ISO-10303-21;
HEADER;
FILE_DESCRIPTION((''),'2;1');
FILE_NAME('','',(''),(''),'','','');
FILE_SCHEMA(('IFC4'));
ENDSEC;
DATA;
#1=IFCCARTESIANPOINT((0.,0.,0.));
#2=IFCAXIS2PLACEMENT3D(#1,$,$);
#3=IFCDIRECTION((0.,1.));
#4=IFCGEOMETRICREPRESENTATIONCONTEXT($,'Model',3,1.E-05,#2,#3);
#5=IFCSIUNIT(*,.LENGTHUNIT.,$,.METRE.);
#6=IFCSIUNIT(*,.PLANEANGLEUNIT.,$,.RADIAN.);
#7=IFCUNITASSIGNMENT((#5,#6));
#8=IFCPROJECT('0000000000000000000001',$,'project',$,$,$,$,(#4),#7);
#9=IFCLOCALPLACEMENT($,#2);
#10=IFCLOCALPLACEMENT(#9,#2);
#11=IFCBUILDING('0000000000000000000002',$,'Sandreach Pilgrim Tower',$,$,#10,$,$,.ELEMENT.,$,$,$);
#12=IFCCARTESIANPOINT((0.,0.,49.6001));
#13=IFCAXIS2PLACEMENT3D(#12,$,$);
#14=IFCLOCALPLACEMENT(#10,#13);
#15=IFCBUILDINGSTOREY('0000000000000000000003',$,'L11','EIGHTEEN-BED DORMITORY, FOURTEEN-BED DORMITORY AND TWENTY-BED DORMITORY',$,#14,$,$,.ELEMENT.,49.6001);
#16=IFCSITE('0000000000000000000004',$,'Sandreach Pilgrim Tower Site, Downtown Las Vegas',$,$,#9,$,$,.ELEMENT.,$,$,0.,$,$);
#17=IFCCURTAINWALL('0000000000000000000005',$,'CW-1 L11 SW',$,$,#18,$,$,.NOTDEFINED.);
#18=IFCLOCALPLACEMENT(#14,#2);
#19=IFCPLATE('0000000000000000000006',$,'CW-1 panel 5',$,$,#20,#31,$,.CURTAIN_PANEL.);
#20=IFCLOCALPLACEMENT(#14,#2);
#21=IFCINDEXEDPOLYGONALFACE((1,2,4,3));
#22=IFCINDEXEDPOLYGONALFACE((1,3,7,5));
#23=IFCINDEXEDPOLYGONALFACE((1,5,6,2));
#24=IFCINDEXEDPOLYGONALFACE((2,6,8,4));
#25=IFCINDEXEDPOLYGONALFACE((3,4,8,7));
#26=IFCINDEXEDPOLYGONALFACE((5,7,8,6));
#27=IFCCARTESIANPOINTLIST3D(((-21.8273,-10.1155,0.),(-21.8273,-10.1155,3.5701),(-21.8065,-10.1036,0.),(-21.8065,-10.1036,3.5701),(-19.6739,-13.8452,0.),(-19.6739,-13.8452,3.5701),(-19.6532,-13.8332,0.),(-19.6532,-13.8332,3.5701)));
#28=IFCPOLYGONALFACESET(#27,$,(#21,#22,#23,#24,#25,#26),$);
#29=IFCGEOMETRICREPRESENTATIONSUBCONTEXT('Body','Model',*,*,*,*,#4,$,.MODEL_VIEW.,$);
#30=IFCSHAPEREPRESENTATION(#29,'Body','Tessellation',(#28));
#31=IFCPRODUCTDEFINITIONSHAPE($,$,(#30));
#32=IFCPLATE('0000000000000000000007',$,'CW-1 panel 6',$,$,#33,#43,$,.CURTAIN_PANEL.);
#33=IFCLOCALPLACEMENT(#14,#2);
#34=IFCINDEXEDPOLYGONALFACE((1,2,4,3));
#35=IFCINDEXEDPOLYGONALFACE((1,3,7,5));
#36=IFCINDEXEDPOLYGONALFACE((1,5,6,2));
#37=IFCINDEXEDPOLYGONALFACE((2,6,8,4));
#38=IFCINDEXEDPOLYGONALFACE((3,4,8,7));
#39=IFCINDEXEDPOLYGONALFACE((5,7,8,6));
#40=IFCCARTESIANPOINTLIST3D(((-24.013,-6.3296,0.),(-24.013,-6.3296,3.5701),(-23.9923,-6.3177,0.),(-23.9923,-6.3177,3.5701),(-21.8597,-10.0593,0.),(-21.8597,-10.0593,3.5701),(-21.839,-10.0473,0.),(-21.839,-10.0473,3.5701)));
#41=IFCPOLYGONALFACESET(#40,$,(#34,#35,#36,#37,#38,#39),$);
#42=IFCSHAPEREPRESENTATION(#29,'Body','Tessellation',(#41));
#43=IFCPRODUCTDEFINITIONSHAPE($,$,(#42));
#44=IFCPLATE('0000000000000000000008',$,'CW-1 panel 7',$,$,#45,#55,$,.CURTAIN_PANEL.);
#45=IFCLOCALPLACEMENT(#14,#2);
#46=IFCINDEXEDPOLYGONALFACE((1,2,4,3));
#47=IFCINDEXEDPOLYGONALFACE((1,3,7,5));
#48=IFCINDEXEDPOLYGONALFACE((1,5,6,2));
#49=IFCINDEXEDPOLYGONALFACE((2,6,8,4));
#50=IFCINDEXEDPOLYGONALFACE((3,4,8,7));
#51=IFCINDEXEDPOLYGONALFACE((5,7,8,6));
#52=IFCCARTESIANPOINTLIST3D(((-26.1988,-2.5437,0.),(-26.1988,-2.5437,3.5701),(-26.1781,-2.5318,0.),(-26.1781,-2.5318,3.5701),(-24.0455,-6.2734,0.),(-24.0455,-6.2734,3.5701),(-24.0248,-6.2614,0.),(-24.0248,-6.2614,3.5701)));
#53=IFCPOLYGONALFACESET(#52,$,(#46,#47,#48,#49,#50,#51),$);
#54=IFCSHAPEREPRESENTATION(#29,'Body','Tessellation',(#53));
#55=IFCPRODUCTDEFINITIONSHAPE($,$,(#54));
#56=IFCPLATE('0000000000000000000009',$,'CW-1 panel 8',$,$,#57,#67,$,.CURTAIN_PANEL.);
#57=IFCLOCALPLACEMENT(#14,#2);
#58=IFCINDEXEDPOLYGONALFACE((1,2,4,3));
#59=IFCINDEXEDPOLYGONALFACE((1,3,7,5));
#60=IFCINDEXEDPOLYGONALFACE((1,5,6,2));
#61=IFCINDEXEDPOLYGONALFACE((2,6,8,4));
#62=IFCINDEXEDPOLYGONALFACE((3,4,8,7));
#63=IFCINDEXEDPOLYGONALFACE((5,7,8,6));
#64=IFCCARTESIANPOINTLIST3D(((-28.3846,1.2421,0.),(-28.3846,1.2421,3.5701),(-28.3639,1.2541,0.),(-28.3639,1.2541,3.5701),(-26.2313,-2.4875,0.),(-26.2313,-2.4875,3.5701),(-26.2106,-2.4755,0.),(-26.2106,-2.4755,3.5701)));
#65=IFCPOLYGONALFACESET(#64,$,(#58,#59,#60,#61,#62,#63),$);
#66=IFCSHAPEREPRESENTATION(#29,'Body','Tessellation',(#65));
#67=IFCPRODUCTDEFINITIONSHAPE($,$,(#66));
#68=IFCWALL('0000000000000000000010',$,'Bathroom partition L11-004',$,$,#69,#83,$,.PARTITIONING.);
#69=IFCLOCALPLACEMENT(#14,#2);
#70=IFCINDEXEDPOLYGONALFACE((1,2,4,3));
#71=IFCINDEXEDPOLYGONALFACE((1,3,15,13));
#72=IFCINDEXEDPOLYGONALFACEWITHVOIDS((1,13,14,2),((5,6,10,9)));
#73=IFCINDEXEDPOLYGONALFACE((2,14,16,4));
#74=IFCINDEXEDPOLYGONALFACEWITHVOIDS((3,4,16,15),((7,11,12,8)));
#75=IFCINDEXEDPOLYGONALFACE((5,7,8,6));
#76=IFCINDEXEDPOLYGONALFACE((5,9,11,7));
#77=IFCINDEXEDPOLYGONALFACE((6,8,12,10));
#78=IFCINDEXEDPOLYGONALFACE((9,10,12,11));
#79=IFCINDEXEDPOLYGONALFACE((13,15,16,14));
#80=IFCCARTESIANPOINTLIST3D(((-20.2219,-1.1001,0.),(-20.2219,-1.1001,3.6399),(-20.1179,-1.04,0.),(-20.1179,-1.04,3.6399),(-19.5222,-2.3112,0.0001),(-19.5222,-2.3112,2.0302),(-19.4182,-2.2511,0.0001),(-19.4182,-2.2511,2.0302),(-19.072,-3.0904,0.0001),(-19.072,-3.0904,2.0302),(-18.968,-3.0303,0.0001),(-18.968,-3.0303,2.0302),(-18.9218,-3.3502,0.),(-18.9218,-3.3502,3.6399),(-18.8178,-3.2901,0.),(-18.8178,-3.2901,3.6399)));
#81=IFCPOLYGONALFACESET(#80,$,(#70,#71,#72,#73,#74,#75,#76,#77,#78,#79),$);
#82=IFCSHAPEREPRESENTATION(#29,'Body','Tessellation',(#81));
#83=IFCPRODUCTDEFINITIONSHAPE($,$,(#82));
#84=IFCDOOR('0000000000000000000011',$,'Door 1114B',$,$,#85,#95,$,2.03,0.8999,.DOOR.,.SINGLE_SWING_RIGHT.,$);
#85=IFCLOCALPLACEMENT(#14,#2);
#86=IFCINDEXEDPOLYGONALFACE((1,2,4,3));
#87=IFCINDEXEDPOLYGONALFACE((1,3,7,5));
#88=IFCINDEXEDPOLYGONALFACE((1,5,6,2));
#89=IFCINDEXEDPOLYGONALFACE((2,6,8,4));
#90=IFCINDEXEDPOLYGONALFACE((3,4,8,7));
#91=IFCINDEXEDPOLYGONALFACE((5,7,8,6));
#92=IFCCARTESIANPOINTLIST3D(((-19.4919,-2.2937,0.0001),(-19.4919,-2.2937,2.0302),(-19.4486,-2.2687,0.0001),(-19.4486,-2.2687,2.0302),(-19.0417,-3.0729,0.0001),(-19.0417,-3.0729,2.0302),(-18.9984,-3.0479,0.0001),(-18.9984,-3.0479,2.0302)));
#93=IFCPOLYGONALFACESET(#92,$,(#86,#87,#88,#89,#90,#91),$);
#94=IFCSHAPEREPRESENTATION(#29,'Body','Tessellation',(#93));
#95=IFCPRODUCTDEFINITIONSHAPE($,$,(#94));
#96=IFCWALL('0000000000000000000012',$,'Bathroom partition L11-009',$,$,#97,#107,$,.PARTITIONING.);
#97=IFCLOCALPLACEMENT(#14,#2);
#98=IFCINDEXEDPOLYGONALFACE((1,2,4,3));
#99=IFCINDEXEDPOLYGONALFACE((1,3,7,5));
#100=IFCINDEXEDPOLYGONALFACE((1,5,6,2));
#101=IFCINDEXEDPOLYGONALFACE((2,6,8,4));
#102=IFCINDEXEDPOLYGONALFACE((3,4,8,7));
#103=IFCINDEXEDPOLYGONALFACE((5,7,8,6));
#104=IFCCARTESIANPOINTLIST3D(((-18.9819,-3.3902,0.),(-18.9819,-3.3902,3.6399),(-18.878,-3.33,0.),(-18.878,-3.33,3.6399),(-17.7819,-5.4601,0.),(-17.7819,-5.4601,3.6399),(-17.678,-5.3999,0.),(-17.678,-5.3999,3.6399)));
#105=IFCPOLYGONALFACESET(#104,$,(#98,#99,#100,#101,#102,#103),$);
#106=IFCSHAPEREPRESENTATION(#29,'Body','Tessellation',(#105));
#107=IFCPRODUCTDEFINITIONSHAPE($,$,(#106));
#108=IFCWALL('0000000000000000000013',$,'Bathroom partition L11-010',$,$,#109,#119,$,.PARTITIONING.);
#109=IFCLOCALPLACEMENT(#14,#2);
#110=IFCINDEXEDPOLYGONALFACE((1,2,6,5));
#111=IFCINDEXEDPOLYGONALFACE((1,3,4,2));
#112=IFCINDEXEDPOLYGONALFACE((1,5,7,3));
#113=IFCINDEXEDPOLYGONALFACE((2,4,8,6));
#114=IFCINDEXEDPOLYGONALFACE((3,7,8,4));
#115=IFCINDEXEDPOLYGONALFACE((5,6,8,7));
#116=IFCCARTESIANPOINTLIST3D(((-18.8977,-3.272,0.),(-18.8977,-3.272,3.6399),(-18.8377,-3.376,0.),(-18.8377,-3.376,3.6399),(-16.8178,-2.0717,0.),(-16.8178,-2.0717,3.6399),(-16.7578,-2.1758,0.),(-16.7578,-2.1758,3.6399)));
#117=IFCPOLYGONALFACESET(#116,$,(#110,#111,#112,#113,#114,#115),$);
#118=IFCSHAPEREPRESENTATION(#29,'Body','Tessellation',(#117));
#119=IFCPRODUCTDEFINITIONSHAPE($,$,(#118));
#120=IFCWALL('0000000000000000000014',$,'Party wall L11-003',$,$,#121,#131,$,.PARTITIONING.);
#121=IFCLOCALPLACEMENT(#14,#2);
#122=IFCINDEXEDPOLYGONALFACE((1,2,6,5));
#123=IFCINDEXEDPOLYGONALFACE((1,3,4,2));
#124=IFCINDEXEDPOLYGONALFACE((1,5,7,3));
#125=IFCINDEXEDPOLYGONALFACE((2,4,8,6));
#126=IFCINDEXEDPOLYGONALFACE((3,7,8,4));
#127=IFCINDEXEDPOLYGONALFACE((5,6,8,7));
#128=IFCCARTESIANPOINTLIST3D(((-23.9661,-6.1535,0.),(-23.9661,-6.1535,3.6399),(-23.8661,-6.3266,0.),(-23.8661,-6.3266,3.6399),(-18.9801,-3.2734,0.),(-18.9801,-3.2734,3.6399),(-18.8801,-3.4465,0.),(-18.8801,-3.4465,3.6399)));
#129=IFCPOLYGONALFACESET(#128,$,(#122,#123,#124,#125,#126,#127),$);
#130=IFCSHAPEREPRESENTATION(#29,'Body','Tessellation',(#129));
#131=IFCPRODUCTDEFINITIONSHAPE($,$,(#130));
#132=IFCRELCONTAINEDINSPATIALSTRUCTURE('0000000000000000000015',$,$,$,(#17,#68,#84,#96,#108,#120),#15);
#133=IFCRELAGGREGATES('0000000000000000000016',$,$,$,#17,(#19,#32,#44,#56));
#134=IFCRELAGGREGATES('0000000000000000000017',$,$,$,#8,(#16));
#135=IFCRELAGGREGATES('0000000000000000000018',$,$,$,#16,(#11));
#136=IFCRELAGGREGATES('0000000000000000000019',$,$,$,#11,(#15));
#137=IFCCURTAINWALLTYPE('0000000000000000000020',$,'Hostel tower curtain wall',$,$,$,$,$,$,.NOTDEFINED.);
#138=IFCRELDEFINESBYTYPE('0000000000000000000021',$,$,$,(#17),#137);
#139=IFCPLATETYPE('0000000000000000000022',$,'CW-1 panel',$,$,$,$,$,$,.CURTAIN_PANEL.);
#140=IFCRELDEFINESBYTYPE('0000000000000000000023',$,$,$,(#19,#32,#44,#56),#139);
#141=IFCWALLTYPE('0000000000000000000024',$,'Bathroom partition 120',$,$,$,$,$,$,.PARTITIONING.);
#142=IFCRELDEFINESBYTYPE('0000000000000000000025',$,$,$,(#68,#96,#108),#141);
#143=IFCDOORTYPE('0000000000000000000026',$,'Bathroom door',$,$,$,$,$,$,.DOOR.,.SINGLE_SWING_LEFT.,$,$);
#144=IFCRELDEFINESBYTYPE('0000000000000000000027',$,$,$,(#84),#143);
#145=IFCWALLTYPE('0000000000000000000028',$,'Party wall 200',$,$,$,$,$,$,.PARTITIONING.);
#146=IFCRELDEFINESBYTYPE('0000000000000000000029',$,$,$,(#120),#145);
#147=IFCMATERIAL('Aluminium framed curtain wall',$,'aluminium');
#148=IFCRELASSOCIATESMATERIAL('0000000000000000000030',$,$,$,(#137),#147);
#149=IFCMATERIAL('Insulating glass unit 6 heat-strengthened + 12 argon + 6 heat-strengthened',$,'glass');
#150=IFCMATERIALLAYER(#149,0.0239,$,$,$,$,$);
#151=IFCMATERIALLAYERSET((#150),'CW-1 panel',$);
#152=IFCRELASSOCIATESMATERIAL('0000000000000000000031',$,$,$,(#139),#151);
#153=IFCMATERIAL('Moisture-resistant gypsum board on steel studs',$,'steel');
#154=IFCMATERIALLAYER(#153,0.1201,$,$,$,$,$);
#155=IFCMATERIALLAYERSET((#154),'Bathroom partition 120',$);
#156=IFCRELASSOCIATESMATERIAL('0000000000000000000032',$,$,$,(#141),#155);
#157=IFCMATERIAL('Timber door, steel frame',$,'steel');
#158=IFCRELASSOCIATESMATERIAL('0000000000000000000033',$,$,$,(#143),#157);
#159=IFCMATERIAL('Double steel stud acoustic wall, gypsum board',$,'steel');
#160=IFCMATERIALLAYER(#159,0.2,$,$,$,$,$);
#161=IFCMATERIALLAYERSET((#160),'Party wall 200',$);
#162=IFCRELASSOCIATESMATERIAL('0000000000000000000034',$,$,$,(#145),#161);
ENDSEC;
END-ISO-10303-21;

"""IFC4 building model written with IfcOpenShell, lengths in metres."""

from ifc_helpers import new_model, si_unit, direction, frame, frame_2d, origin, origin_2d, place, context, subcontext, project, spatial, rectangle, extrude, material, layer, layer_set, type_object, element, fill, aggregate, save


model = new_model("IFC4")

# Units and contexts
model_context = context("Model", 3, precision=1e-05, world=origin(), true_north=direction((0.0, 1.0)))
body_context = subcontext(model_context, "Body", "Model", "MODEL_VIEW")
ifc_project = project(units=[si_unit("LENGTHUNIT", "METRE"), si_unit("PLANEANGLEUNIT", "RADIAN")], contexts=[model_context])

# Site, building, storey
site_placement = place(None, origin())
site = spatial("IfcSite", under=ifc_project, at=site_placement, Name="Sandreach Pilgrim Tower Site, Downtown Las Vegas", CompositionType="ELEMENT", RefElevation=0.0)
building_placement = place(site_placement, origin())
building = spatial("IfcBuilding", under=site, at=building_placement, Name="Sandreach Pilgrim Tower", CompositionType="ELEMENT")
storey_placement = place(building_placement, frame((0.0, 0.0, 49.6001)))
storey = spatial("IfcBuildingStorey", under=building, at=storey_placement, Name="L11", Description="EIGHTEEN-BED DORMITORY, FOURTEEN-BED DORMITORY AND TWENTY-BED DORMITORY", CompositionType="ELEMENT", Elevation=49.6001)

# Curtain wall
ifc_material_1 = material(Name="Aluminium framed curtain wall", Category="aluminium")
curtain_wall_type = type_object("IfcCurtainWallType", Name="Hostel tower curtain wall", PredefinedType="NOTDEFINED", material=ifc_material_1)
curtain_wall_placement = place(storey_placement, origin())
curtain_wall = element("IfcCurtainWall", 1, at=curtain_wall_placement, inside=storey, type_object=curtain_wall_type, Name="CW-1 L11 SW", PredefinedType="NOTDEFINED")

# Plates
ifc_material_2 = material(Name="Insulating glass unit 6 heat-strengthened + 12 argon + 6 heat-strengthened", Category="glass")
ifc_layer_1 = layer(ifc_material_2, 0.0239)
ifc_layer_set_1 = layer_set([ifc_layer_1], Name="CW-1 panel")
plate_type = type_object("IfcPlateType", Name="CW-1 panel", PredefinedType="CURTAIN_PANEL", material=ifc_layer_set_1)
plate_1_placement = place(storey_placement, frame((-20.7402, -11.9744, 0.0), z_axis=(0.0, 0.0, 1.0), x_axis=(-0.5, 0.866025, 0.0)))
plate_1 = element("IfcPlate", 2, at=plate_1_placement, type_object=plate_type, Name="CW-1 panel 5", PredefinedType="CURTAIN_PANEL", context=body_context, shape_type="SweptSolid", body=[
    extrude(rectangle(XDim=4.3066, YDim=0.0239, at=origin_2d()), origin(), (0.0, 0.0, 1.0), 3.5701),
])
plate_2_placement = place(storey_placement, frame((-22.926, -8.1885, 0.0), z_axis=(0.0, 0.0, 1.0), x_axis=(-0.5, 0.866025, 0.0)))
plate_2 = element("IfcPlate", 3, at=plate_2_placement, type_object=plate_type, Name="CW-1 panel 6", PredefinedType="CURTAIN_PANEL", context=body_context, shape_type="SweptSolid", body=[
    extrude(rectangle(XDim=4.3066, YDim=0.0239, at=origin_2d()), origin(), (0.0, 0.0, 1.0), 3.5701),
])
plate_3_placement = place(storey_placement, frame((-25.1118, -4.4026, 0.0), z_axis=(0.0, 0.0, 1.0), x_axis=(-0.5, 0.866025, 0.0)))
plate_3 = element("IfcPlate", 4, at=plate_3_placement, type_object=plate_type, Name="CW-1 panel 7", PredefinedType="CURTAIN_PANEL", context=body_context, shape_type="SweptSolid", body=[
    extrude(rectangle(XDim=4.3066, YDim=0.0239, at=origin_2d()), origin(), (0.0, 0.0, 1.0), 3.5701),
])
plate_4_placement = place(storey_placement, frame((-27.2976, -0.6167, 0.0), z_axis=(0.0, 0.0, 1.0), x_axis=(-0.5, 0.866025, 0.0)))
plate_4 = element("IfcPlate", 5, at=plate_4_placement, type_object=plate_type, Name="CW-1 panel 8", PredefinedType="CURTAIN_PANEL", context=body_context, shape_type="SweptSolid", body=[
    extrude(rectangle(XDim=4.3066, YDim=0.0239, at=origin_2d()), origin(), (0.0, 0.0, 1.0), 3.5701),
])
aggregate(curtain_wall, [plate_1, plate_2, plate_3, plate_4])

# Wall, opening, door
ifc_material_3 = material(Name="Moisture-resistant gypsum board on steel studs", Category="steel")
ifc_layer_2 = layer(ifc_material_3, 0.1201)
ifc_layer_set_2 = layer_set([ifc_layer_2], Name="Bathroom partition 120")
wall_type_1 = type_object("IfcWallType", Name="Bathroom partition 120", PredefinedType="PARTITIONING", material=ifc_layer_set_2)
wall_1_placement = place(storey_placement, frame((-20.1699, -1.0701, 0.0), z_axis=(0.0, 0.0, 1.0), x_axis=(0.500292, -0.865857, 0.0)))
wall_1 = element("IfcWall", 6, at=wall_1_placement, inside=storey, type_object=wall_type_1, Name="Bathroom partition L11-004", PredefinedType="PARTITIONING", context=body_context, shape_type="SweptSolid", body=[
    extrude(rectangle(XDim=2.5986, YDim=0.1201, at=frame_2d((1.2993, 0.0))), origin(), (0.0, 0.0, 1.0), 3.6399),
])
opening_placement = place(wall_1_placement, frame((1.3987, 0.0, 0.0)))
opening = element("IfcOpeningElement", 7, at=opening_placement, cuts=wall_1, PredefinedType="OPENING", context=body_context, shape_type="SweptSolid", body=[
    extrude(rectangle(XDim=0.8999, YDim=2.03, at=frame_2d((0.45, 1.0151))), frame((0.0, 0.0601, 0.0), z_axis=(0.0, -1.0, 0.0), x_axis=(1.0, 0.0, 0.0)), (0.0, 0.0, 1.0), 0.1201),
])
ifc_material_4 = material(Name="Timber door, steel frame", Category="steel")
door_type = type_object("IfcDoorType", Name="Bathroom door", OperationType="SINGLE_SWING_LEFT", PredefinedType="DOOR", material=ifc_material_4)
door_placement = place(opening_placement, origin())
door = element("IfcDoor", 8, at=door_placement, inside=storey, type_object=door_type, Name="Door 1114B", OperationType="SINGLE_SWING_RIGHT", OverallHeight=2.03, OverallWidth=0.8999, PredefinedType="DOOR", context=body_context, shape_type="SweptSolid", body=[
    extrude(rectangle(XDim=0.8999, YDim=2.03, at=frame_2d((0.45, 1.0151))), frame((0.0, 0.0249, 0.0), z_axis=(0.0, -1.0, 0.0), x_axis=(1.0, 0.0, 0.0)), (0.0, 0.0, 1.0), 0.05),
])
fill(opening, door)

# Walls
wall_2_placement = place(storey_placement, frame((-18.9299, -3.3601, 0.0), z_axis=(0.0, 0.0, 1.0), x_axis=(0.501547, -0.86513, 0.0)))
element("IfcWall", 9, at=wall_2_placement, inside=storey, type_object=wall_type_1, Name="Bathroom partition L11-009", PredefinedType="PARTITIONING", context=body_context, shape_type="SweptSolid", body=[
    extrude(rectangle(XDim=2.3926, YDim=0.1201, at=frame_2d((1.1963, 0.0))), origin(), (0.0, 0.0, 1.0), 3.6399),
])
wall_3_placement = place(storey_placement, frame((-18.8677, -3.324, 0.0), z_axis=(0.0, 0.0, 1.0), x_axis=(0.866133, 0.499813, 0.0)))
element("IfcWall", 10, at=wall_3_placement, inside=storey, type_object=wall_type_1, Name="Bathroom partition L11-010", PredefinedType="PARTITIONING", context=body_context, shape_type="SweptSolid", body=[
    extrude(rectangle(XDim=2.4014, YDim=0.1201, at=frame_2d((1.2007, 0.0))), origin(), (0.0, 0.0, 1.0), 3.6399),
])
ifc_material_5 = material(Name="Double steel stud acoustic wall, gypsum board", Category="steel")
ifc_layer_3 = layer(ifc_material_5, 0.2)
ifc_layer_set_3 = layer_set([ifc_layer_3], Name="Party wall 200")
wall_type_2 = type_object("IfcWallType", Name="Party wall 200", PredefinedType="PARTITIONING", material=ifc_layer_set_3)
wall_4_placement = place(storey_placement, frame((-23.916, -6.24, 0.0), z_axis=(0.0, 0.0, 1.0), x_axis=(0.865919, 0.500184, 0.0)))
element("IfcWall", 11, at=wall_4_placement, inside=storey, type_object=wall_type_2, Name="Party wall L11-003", PredefinedType="PARTITIONING", context=body_context, shape_type="SweptSolid", body=[
    extrude(rectangle(XDim=5.7581, YDim=0.2, at=frame_2d((2.8789, 0.0))), origin(), (0.0, 0.0, 1.0), 3.6399),
])

save(model, "model.ifc")
